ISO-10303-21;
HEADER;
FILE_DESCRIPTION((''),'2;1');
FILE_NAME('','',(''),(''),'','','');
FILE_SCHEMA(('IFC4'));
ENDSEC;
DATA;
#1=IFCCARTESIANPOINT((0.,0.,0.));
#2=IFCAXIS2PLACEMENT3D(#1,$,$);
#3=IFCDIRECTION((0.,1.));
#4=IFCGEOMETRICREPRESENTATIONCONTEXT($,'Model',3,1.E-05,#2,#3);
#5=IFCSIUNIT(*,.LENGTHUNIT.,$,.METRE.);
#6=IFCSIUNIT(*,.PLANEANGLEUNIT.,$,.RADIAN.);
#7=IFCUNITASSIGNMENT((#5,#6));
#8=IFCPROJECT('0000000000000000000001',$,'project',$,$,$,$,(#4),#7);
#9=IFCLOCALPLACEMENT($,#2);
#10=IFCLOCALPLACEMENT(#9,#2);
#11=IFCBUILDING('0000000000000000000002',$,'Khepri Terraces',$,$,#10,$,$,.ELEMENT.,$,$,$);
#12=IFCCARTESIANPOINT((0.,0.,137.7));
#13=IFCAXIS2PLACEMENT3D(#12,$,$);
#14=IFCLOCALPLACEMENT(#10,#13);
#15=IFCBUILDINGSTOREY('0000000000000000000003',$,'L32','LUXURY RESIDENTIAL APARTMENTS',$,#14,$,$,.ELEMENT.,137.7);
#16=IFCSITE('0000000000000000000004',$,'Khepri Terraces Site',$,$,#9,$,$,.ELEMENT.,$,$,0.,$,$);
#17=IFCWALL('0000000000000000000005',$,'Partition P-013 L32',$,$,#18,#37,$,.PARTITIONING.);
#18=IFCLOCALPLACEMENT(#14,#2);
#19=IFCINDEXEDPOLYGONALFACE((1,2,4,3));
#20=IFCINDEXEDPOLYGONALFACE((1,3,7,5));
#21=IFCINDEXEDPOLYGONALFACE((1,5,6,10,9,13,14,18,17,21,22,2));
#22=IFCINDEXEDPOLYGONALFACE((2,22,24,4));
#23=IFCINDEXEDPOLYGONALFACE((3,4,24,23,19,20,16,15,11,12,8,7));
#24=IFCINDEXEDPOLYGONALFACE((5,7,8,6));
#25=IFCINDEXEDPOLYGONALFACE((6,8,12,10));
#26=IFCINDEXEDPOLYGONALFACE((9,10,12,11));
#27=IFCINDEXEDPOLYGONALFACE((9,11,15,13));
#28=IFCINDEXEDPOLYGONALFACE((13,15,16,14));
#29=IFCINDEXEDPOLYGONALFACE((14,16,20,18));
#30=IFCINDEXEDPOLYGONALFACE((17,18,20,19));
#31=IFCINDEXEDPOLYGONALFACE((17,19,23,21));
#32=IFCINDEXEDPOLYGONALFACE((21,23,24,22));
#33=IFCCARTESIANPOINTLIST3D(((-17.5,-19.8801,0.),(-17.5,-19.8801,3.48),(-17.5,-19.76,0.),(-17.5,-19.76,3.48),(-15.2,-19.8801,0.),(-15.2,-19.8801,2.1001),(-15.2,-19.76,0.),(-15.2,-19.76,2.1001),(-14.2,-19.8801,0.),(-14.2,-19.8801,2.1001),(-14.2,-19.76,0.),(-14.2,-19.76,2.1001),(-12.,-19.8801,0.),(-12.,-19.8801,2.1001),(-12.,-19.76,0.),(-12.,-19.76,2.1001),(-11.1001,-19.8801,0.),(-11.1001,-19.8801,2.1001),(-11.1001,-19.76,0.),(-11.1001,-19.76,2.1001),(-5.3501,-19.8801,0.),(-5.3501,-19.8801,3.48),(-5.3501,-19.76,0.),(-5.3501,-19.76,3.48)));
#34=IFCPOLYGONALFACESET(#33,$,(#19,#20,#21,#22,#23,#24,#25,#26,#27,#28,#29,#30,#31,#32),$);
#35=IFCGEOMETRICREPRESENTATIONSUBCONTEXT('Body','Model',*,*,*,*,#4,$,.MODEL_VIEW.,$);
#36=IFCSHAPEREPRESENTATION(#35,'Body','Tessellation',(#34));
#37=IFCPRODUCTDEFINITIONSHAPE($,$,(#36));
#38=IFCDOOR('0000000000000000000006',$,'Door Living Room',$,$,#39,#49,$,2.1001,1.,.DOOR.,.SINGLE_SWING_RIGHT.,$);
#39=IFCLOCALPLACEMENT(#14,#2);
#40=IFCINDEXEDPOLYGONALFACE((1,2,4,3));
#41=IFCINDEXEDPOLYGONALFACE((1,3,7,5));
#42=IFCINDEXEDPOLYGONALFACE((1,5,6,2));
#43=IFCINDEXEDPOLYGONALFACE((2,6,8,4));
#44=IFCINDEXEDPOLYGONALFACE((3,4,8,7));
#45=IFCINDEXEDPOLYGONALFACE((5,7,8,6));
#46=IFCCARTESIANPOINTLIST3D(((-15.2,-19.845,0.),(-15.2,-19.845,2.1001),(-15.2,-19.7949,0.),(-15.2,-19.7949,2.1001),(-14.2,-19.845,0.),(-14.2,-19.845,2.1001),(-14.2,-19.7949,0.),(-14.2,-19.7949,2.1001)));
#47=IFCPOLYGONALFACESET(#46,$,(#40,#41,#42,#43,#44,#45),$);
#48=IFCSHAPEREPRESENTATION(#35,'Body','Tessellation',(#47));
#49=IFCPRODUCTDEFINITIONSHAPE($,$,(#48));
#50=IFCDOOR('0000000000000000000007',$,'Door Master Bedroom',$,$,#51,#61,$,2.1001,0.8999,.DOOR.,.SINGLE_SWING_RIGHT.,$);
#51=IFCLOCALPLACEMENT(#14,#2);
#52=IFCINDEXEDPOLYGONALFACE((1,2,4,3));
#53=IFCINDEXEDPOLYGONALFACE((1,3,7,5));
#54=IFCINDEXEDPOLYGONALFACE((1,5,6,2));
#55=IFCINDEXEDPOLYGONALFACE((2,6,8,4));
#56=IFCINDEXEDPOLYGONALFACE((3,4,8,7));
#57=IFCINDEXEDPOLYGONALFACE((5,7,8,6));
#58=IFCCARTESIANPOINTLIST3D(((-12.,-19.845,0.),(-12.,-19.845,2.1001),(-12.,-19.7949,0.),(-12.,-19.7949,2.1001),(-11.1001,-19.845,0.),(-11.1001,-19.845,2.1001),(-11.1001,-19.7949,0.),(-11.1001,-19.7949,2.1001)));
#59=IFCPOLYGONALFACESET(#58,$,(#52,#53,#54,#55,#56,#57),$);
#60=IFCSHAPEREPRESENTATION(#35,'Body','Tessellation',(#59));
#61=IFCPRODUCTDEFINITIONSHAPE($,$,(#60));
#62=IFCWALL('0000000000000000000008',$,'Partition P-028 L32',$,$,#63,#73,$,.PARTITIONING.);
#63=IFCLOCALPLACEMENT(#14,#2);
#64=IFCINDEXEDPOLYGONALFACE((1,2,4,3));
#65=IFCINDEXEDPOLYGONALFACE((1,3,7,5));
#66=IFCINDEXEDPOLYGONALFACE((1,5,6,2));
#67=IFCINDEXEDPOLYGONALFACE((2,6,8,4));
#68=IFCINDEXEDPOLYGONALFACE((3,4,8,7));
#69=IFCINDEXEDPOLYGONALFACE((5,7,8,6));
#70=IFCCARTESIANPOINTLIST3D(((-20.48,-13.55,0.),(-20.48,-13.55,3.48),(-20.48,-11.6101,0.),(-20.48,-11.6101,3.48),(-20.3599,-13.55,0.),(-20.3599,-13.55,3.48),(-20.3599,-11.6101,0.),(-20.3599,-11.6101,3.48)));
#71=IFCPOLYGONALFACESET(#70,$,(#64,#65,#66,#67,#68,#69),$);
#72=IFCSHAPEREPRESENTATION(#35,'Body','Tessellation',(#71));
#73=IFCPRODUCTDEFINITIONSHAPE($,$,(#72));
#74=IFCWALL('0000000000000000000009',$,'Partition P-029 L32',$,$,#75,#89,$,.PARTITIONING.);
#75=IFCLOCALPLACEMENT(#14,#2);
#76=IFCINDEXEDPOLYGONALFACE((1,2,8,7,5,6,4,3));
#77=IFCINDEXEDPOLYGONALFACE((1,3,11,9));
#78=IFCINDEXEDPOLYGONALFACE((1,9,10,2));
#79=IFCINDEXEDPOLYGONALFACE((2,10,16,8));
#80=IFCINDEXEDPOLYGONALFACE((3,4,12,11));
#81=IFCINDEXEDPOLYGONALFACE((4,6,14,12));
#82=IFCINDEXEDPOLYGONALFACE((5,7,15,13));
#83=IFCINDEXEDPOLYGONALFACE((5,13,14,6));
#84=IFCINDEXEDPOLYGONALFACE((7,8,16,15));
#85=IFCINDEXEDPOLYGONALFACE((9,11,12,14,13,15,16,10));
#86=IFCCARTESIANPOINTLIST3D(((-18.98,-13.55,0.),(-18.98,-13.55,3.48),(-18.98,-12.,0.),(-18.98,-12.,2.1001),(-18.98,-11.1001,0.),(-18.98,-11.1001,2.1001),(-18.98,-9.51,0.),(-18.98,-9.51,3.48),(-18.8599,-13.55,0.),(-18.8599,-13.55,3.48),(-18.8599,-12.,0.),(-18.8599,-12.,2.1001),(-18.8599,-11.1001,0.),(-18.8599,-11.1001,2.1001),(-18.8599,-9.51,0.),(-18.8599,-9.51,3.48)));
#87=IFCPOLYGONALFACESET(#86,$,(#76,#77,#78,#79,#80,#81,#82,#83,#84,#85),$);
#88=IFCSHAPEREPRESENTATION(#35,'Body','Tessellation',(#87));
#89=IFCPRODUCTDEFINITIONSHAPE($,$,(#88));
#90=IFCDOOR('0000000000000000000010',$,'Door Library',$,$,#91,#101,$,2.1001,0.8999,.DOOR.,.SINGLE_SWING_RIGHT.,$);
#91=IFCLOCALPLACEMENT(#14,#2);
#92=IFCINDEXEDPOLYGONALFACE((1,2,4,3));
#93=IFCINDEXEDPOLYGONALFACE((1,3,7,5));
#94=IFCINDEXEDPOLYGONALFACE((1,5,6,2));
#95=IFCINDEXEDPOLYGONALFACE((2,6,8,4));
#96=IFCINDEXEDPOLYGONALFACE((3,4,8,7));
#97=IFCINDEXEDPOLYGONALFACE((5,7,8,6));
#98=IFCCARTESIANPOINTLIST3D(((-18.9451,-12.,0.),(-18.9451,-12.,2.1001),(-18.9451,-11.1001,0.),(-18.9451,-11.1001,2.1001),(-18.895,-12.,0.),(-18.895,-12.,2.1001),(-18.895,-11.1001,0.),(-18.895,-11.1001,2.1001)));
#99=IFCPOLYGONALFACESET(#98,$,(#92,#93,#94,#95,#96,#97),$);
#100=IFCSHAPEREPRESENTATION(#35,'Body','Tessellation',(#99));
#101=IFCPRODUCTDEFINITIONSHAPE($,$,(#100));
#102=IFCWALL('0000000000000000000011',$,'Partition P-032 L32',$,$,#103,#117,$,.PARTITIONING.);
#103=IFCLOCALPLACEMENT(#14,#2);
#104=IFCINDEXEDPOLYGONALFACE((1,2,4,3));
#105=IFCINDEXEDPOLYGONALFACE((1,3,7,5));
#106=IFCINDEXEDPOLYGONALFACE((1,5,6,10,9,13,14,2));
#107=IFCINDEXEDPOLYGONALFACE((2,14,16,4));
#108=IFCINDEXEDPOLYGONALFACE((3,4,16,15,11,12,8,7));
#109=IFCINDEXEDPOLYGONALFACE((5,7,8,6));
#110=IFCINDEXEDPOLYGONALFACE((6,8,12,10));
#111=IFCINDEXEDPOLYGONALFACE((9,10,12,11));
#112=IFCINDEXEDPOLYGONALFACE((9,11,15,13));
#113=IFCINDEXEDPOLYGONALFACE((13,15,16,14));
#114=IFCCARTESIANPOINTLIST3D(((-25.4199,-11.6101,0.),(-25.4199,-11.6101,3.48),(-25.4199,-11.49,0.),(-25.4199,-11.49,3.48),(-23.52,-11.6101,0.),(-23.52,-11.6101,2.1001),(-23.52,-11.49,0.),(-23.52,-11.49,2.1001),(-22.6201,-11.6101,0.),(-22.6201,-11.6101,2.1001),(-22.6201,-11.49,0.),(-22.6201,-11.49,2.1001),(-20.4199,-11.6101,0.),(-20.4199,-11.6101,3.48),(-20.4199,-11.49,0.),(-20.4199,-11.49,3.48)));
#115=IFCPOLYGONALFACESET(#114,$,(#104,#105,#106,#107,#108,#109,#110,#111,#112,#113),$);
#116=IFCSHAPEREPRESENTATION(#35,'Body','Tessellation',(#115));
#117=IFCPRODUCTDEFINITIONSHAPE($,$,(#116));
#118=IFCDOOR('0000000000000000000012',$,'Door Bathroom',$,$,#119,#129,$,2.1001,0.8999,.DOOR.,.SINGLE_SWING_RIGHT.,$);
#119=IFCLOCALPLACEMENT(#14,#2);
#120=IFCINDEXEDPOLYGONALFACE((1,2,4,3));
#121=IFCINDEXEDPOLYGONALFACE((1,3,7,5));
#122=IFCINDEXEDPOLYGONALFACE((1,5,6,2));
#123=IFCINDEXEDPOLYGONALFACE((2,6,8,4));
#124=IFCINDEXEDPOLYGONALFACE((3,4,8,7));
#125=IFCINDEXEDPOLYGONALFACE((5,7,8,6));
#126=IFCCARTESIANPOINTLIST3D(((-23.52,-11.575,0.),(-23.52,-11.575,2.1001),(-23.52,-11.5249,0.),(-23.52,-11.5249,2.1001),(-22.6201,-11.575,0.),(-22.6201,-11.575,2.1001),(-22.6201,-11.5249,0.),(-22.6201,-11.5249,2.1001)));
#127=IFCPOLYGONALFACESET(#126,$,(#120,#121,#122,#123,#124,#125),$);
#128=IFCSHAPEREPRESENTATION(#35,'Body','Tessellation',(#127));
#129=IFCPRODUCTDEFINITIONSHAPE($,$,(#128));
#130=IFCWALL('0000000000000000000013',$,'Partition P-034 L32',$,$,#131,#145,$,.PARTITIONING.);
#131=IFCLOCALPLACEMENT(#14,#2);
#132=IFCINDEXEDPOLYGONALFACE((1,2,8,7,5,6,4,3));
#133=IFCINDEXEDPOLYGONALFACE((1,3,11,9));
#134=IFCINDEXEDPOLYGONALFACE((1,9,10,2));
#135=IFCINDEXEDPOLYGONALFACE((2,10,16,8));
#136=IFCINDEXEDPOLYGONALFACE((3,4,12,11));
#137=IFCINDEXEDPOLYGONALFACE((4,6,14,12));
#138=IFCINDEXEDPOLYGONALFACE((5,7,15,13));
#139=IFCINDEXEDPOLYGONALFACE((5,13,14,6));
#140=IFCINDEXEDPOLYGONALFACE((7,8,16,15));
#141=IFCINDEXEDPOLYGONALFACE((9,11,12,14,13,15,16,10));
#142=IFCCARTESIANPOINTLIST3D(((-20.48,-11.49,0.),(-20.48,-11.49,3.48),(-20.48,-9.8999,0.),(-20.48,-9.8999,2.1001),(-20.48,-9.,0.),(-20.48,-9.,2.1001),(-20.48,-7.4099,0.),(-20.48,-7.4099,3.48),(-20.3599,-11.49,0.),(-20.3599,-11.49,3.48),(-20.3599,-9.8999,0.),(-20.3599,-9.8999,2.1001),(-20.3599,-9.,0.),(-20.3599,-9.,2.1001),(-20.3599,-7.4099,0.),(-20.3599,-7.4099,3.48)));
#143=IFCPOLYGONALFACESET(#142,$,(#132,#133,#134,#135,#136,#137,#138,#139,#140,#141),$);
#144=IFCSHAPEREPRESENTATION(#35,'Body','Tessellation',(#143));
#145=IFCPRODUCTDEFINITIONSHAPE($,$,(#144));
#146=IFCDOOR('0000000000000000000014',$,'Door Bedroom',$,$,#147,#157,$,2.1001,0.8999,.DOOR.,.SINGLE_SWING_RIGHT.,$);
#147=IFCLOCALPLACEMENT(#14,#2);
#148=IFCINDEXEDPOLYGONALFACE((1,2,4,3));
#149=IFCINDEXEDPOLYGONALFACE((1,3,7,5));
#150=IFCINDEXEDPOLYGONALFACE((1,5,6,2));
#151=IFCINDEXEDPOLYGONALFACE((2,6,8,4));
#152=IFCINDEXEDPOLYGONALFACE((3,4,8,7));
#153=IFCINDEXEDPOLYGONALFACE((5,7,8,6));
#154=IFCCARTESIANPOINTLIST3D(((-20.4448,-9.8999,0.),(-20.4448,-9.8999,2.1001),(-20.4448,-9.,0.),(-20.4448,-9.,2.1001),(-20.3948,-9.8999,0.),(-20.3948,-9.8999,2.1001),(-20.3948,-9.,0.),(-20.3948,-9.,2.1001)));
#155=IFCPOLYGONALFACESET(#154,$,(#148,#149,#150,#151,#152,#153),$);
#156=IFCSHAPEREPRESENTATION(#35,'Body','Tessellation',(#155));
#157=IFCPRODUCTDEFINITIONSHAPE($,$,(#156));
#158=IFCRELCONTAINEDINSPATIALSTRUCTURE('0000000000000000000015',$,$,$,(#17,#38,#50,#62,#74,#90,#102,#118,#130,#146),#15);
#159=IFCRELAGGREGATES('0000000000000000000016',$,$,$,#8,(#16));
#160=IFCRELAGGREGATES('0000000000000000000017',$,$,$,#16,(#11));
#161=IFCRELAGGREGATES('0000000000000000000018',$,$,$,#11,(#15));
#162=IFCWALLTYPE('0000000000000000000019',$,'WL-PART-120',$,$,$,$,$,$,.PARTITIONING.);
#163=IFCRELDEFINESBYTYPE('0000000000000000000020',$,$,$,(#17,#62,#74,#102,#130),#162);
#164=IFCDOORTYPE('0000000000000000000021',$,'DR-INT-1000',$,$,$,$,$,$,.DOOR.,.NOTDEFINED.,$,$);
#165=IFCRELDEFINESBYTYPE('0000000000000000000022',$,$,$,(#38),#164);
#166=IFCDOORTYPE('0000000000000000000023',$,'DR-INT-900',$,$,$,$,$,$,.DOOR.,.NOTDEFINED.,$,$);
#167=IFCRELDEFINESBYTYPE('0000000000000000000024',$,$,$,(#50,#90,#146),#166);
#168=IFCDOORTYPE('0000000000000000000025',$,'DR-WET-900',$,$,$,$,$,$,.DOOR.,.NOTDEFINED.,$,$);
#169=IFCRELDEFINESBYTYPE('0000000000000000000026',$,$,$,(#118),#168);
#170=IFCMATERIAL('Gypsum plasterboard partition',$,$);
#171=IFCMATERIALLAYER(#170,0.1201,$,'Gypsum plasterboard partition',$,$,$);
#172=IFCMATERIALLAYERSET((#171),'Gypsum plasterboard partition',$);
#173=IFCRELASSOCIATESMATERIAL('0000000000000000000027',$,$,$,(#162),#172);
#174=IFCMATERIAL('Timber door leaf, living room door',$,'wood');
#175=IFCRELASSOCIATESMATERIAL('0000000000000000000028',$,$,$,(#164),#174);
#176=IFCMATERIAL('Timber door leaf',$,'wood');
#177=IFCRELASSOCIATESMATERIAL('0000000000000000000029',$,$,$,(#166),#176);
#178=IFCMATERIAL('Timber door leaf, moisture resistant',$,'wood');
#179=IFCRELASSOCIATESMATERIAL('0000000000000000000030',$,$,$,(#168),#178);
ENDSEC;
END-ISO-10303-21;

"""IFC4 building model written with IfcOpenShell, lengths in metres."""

from ifc_helpers import new_model, si_unit, direction, frame, frame_2d, origin, place, context, subcontext, project, spatial, rectangle, extrude, material, layer, layer_set, type_object, element, fill, save


model = new_model("IFC4")

# Units and contexts
model_context = context("Model", 3, precision=1e-05, world=origin(), true_north=direction((0.0, 1.0)))
body_context = subcontext(model_context, "Body", "Model", "MODEL_VIEW")
ifc_project = project(units=[si_unit("LENGTHUNIT", "METRE"), si_unit("PLANEANGLEUNIT", "RADIAN")], contexts=[model_context])

# Site, building, storey
site_placement = place(None, origin())
site = spatial("IfcSite", under=ifc_project, at=site_placement, Name="Khepri Terraces Site", CompositionType="ELEMENT", RefElevation=0.0)
building_placement = place(site_placement, origin())
building = spatial("IfcBuilding", under=site, at=building_placement, Name="Khepri Terraces", CompositionType="ELEMENT")
storey_placement = place(building_placement, frame((0.0, 0.0, 137.7)))
storey = spatial("IfcBuildingStorey", under=building, at=storey_placement, Name="L32", Description="LUXURY RESIDENTIAL APARTMENTS", CompositionType="ELEMENT", Elevation=137.7)

# Shared definitions
ifc_material_1 = material(Name="Gypsum plasterboard partition")
ifc_layer_1 = layer(ifc_material_1, 0.1201, Name="Gypsum plasterboard partition")
ifc_layer_set_1 = layer_set([ifc_layer_1], Name="Gypsum plasterboard partition")
wall_type_1 = type_object("IfcWallType", Name="WL-PART-120", PredefinedType="PARTITIONING", material=ifc_layer_set_1)

# Wall, openings, doors
wall_1_placement = place(storey_placement, frame((-17.5, -19.8201, 0.0), z_axis=(0.0, 0.0, 1.0), x_axis=(1.0, 0.0, 0.0)))
wall_1 = element("IfcWall", 1, at=wall_1_placement, inside=storey, type_object=wall_type_1, Name="Partition P-013 L32", PredefinedType="PARTITIONING", context=body_context, shape_type="SweptSolid", body=[
    extrude(rectangle(XDim=12.1499, YDim=0.1201, at=frame_2d((6.075, 0.0))), origin(), (0.0, 0.0, 1.0), 3.48),
])
opening_1_placement = place(wall_1_placement, frame((2.3, 0.0, 0.0)))
opening_1 = element("IfcOpeningElement", 2, at=opening_1_placement, cuts=wall_1, PredefinedType="OPENING", context=body_context, shape_type="SweptSolid", body=[
    extrude(rectangle(XDim=1.0, YDim=2.1001, at=frame_2d((0.5, 1.05))), frame((0.0, 0.0701, 0.0), z_axis=(0.0, -1.0, 0.0), x_axis=(1.0, 0.0, 0.0)), (0.0, 0.0, 1.0), 0.1401),
])
opening_2_placement = place(wall_1_placement, frame((5.5, 0.0, 0.0)))
opening_2 = element("IfcOpeningElement", 3, at=opening_2_placement, cuts=wall_1, PredefinedType="OPENING", context=body_context, shape_type="SweptSolid", body=[
    extrude(rectangle(XDim=0.8999, YDim=2.1001, at=frame_2d((0.45, 1.05))), frame((0.0, 0.0701, 0.0), z_axis=(0.0, -1.0, 0.0), x_axis=(1.0, 0.0, 0.0)), (0.0, 0.0, 1.0), 0.1401),
])
ifc_material_2 = material(Name="Timber door leaf, living room door", Category="wood")
door_type_1 = type_object("IfcDoorType", Name="DR-INT-1000", OperationType="NOTDEFINED", PredefinedType="DOOR", material=ifc_material_2)
door_1_placement = place(opening_1_placement, frame((1.0, 0.0, 0.0), z_axis=(0.0, 0.0, 1.0), x_axis=(-1.0, 0.0, 0.0)))
door_1 = element("IfcDoor", 4, at=door_1_placement, inside=storey, type_object=door_type_1, Name="Door Living Room", OperationType="SINGLE_SWING_RIGHT", OverallHeight=2.1001, OverallWidth=1.0, PredefinedType="DOOR", context=body_context, shape_type="SweptSolid", body=[
    extrude(rectangle(XDim=1.0, YDim=2.1001, at=frame_2d((0.5, 1.05))), frame((0.0, 0.0249, 0.0), z_axis=(0.0, -1.0, 0.0), x_axis=(1.0, 0.0, 0.0)), (0.0, 0.0, 1.0), 0.05),
])
fill(opening_1, door_1)
ifc_material_3 = material(Name="Timber door leaf", Category="wood")
door_type_2 = type_object("IfcDoorType", Name="DR-INT-900", OperationType="NOTDEFINED", PredefinedType="DOOR", material=ifc_material_3)
door_2_placement = place(opening_2_placement, frame((0.8999, 0.0, 0.0), z_axis=(0.0, 0.0, 1.0), x_axis=(-1.0, 0.0, 0.0)))
door_2 = element("IfcDoor", 5, at=door_2_placement, inside=storey, type_object=door_type_2, Name="Door Master Bedroom", OperationType="SINGLE_SWING_RIGHT", OverallHeight=2.1001, OverallWidth=0.8999, PredefinedType="DOOR", context=body_context, shape_type="SweptSolid", body=[
    extrude(rectangle(XDim=0.8999, YDim=2.1001, at=frame_2d((0.45, 1.05))), frame((0.0, 0.0249, 0.0), z_axis=(0.0, -1.0, 0.0), x_axis=(1.0, 0.0, 0.0)), (0.0, 0.0, 1.0), 0.05),
])
fill(opening_2, door_2)

# Wall
wall_2_placement = place(storey_placement, frame((-20.4199, -13.55, 0.0), z_axis=(0.0, 0.0, 1.0), x_axis=(0.0, 1.0, 0.0)))
element("IfcWall", 6, at=wall_2_placement, inside=storey, type_object=wall_type_1, Name="Partition P-028 L32", PredefinedType="PARTITIONING", context=body_context, shape_type="SweptSolid", body=[
    extrude(rectangle(XDim=1.9399, YDim=0.1201, at=frame_2d((0.97, 0.0))), origin(), (0.0, 0.0, 1.0), 3.48),
])

# Walls, openings, doors
wall_3_placement = place(storey_placement, frame((-18.9199, -13.55, 0.0), z_axis=(0.0, 0.0, 1.0), x_axis=(0.0, 1.0, 0.0)))
wall_3 = element("IfcWall", 7, at=wall_3_placement, inside=storey, type_object=wall_type_1, Name="Partition P-029 L32", PredefinedType="PARTITIONING", context=body_context, shape_type="SweptSolid", body=[
    extrude(rectangle(XDim=4.04, YDim=0.1201, at=frame_2d((2.02, 0.0))), origin(), (0.0, 0.0, 1.0), 3.48),
])
opening_3_placement = place(wall_3_placement, frame((1.55, 0.0, 0.0)))
opening_3 = element("IfcOpeningElement", 8, at=opening_3_placement, cuts=wall_3, PredefinedType="OPENING", context=body_context, shape_type="SweptSolid", body=[
    extrude(rectangle(XDim=0.8999, YDim=2.1001, at=frame_2d((0.45, 1.05))), frame((0.0, 0.0701, 0.0), z_axis=(0.0, -1.0, 0.0), x_axis=(1.0, 0.0, 0.0)), (0.0, 0.0, 1.0), 0.1401),
])
door_3_placement = place(opening_3_placement, frame((0.8999, 0.0, 0.0), z_axis=(0.0, 0.0, 1.0), x_axis=(-1.0, 0.0, 0.0)))
door_3 = element("IfcDoor", 9, at=door_3_placement, inside=storey, type_object=door_type_2, Name="Door Library", OperationType="SINGLE_SWING_RIGHT", OverallHeight=2.1001, OverallWidth=0.8999, PredefinedType="DOOR", context=body_context, shape_type="SweptSolid", body=[
    extrude(rectangle(XDim=0.8999, YDim=2.1001, at=frame_2d((0.45, 1.05))), frame((0.0, 0.0249, 0.0), z_axis=(0.0, -1.0, 0.0), x_axis=(1.0, 0.0, 0.0)), (0.0, 0.0, 1.0), 0.05),
])
fill(opening_3, door_3)
wall_4_placement = place(storey_placement, frame((-25.4199, -11.55, 0.0), z_axis=(0.0, 0.0, 1.0), x_axis=(1.0, 0.0, 0.0)))
wall_4 = element("IfcWall", 10, at=wall_4_placement, inside=storey, type_object=wall_type_1, Name="Partition P-032 L32", PredefinedType="PARTITIONING", context=body_context, shape_type="SweptSolid", body=[
    extrude(rectangle(XDim=5.0, YDim=0.1201, at=frame_2d((2.5, 0.0))), origin(), (0.0, 0.0, 1.0), 3.48),
])
opening_4_placement = place(wall_4_placement, frame((1.8999, 0.0, 0.0)))
opening_4 = element("IfcOpeningElement", 11, at=opening_4_placement, cuts=wall_4, PredefinedType="OPENING", context=body_context, shape_type="SweptSolid", body=[
    extrude(rectangle(XDim=0.8999, YDim=2.1001, at=frame_2d((0.45, 1.05))), frame((0.0, 0.0701, 0.0), z_axis=(0.0, -1.0, 0.0), x_axis=(1.0, 0.0, 0.0)), (0.0, 0.0, 1.0), 0.1401),
])
ifc_material_4 = material(Name="Timber door leaf, moisture resistant", Category="wood")
door_type_3 = type_object("IfcDoorType", Name="DR-WET-900", OperationType="NOTDEFINED", PredefinedType="DOOR", material=ifc_material_4)
door_4_placement = place(opening_4_placement, frame((0.8999, 0.0, 0.0), z_axis=(0.0, 0.0, 1.0), x_axis=(-1.0, 0.0, 0.0)))
door_4 = element("IfcDoor", 12, at=door_4_placement, inside=storey, type_object=door_type_3, Name="Door Bathroom", OperationType="SINGLE_SWING_RIGHT", OverallHeight=2.1001, OverallWidth=0.8999, PredefinedType="DOOR", context=body_context, shape_type="SweptSolid", body=[
    extrude(rectangle(XDim=0.8999, YDim=2.1001, at=frame_2d((0.45, 1.05))), frame((0.0, 0.0249, 0.0), z_axis=(0.0, -1.0, 0.0), x_axis=(1.0, 0.0, 0.0)), (0.0, 0.0, 1.0), 0.05),
])
fill(opening_4, door_4)
wall_5_placement = place(storey_placement, frame((-20.4199, -11.49, 0.0), z_axis=(0.0, 0.0, 1.0), x_axis=(0.0, 1.0, 0.0)))
wall_5 = element("IfcWall", 13, at=wall_5_placement, inside=storey, type_object=wall_type_1, Name="Partition P-034 L32", PredefinedType="PARTITIONING", context=body_context, shape_type="SweptSolid", body=[
    extrude(rectangle(XDim=4.0801, YDim=0.1201, at=frame_2d((2.04, 0.0))), origin(), (0.0, 0.0, 1.0), 3.48),
])
opening_5_placement = place(wall_5_placement, frame((1.5901, 0.0, 0.0)))
opening_5 = element("IfcOpeningElement", 14, at=opening_5_placement, cuts=wall_5, PredefinedType="OPENING", context=body_context, shape_type="SweptSolid", body=[
    extrude(rectangle(XDim=0.8999, YDim=2.1001, at=frame_2d((0.45, 1.05))), frame((0.0, 0.0701, 0.0), z_axis=(0.0, -1.0, 0.0), x_axis=(1.0, 0.0, 0.0)), (0.0, 0.0, 1.0), 0.1401),
])
door_5_placement = place(opening_5_placement, origin())
door_5 = element("IfcDoor", 15, at=door_5_placement, inside=storey, type_object=door_type_2, Name="Door Bedroom", OperationType="SINGLE_SWING_RIGHT", OverallHeight=2.1001, OverallWidth=0.8999, PredefinedType="DOOR", context=body_context, shape_type="SweptSolid", body=[
    extrude(rectangle(XDim=0.8999, YDim=2.1001, at=frame_2d((0.45, 1.05))), frame((0.0, 0.0249, 0.0), z_axis=(0.0, -1.0, 0.0), x_axis=(1.0, 0.0, 0.0)), (0.0, 0.0, 1.0), 0.05),
])
fill(opening_5, door_5)

save(model, "model.ifc")
